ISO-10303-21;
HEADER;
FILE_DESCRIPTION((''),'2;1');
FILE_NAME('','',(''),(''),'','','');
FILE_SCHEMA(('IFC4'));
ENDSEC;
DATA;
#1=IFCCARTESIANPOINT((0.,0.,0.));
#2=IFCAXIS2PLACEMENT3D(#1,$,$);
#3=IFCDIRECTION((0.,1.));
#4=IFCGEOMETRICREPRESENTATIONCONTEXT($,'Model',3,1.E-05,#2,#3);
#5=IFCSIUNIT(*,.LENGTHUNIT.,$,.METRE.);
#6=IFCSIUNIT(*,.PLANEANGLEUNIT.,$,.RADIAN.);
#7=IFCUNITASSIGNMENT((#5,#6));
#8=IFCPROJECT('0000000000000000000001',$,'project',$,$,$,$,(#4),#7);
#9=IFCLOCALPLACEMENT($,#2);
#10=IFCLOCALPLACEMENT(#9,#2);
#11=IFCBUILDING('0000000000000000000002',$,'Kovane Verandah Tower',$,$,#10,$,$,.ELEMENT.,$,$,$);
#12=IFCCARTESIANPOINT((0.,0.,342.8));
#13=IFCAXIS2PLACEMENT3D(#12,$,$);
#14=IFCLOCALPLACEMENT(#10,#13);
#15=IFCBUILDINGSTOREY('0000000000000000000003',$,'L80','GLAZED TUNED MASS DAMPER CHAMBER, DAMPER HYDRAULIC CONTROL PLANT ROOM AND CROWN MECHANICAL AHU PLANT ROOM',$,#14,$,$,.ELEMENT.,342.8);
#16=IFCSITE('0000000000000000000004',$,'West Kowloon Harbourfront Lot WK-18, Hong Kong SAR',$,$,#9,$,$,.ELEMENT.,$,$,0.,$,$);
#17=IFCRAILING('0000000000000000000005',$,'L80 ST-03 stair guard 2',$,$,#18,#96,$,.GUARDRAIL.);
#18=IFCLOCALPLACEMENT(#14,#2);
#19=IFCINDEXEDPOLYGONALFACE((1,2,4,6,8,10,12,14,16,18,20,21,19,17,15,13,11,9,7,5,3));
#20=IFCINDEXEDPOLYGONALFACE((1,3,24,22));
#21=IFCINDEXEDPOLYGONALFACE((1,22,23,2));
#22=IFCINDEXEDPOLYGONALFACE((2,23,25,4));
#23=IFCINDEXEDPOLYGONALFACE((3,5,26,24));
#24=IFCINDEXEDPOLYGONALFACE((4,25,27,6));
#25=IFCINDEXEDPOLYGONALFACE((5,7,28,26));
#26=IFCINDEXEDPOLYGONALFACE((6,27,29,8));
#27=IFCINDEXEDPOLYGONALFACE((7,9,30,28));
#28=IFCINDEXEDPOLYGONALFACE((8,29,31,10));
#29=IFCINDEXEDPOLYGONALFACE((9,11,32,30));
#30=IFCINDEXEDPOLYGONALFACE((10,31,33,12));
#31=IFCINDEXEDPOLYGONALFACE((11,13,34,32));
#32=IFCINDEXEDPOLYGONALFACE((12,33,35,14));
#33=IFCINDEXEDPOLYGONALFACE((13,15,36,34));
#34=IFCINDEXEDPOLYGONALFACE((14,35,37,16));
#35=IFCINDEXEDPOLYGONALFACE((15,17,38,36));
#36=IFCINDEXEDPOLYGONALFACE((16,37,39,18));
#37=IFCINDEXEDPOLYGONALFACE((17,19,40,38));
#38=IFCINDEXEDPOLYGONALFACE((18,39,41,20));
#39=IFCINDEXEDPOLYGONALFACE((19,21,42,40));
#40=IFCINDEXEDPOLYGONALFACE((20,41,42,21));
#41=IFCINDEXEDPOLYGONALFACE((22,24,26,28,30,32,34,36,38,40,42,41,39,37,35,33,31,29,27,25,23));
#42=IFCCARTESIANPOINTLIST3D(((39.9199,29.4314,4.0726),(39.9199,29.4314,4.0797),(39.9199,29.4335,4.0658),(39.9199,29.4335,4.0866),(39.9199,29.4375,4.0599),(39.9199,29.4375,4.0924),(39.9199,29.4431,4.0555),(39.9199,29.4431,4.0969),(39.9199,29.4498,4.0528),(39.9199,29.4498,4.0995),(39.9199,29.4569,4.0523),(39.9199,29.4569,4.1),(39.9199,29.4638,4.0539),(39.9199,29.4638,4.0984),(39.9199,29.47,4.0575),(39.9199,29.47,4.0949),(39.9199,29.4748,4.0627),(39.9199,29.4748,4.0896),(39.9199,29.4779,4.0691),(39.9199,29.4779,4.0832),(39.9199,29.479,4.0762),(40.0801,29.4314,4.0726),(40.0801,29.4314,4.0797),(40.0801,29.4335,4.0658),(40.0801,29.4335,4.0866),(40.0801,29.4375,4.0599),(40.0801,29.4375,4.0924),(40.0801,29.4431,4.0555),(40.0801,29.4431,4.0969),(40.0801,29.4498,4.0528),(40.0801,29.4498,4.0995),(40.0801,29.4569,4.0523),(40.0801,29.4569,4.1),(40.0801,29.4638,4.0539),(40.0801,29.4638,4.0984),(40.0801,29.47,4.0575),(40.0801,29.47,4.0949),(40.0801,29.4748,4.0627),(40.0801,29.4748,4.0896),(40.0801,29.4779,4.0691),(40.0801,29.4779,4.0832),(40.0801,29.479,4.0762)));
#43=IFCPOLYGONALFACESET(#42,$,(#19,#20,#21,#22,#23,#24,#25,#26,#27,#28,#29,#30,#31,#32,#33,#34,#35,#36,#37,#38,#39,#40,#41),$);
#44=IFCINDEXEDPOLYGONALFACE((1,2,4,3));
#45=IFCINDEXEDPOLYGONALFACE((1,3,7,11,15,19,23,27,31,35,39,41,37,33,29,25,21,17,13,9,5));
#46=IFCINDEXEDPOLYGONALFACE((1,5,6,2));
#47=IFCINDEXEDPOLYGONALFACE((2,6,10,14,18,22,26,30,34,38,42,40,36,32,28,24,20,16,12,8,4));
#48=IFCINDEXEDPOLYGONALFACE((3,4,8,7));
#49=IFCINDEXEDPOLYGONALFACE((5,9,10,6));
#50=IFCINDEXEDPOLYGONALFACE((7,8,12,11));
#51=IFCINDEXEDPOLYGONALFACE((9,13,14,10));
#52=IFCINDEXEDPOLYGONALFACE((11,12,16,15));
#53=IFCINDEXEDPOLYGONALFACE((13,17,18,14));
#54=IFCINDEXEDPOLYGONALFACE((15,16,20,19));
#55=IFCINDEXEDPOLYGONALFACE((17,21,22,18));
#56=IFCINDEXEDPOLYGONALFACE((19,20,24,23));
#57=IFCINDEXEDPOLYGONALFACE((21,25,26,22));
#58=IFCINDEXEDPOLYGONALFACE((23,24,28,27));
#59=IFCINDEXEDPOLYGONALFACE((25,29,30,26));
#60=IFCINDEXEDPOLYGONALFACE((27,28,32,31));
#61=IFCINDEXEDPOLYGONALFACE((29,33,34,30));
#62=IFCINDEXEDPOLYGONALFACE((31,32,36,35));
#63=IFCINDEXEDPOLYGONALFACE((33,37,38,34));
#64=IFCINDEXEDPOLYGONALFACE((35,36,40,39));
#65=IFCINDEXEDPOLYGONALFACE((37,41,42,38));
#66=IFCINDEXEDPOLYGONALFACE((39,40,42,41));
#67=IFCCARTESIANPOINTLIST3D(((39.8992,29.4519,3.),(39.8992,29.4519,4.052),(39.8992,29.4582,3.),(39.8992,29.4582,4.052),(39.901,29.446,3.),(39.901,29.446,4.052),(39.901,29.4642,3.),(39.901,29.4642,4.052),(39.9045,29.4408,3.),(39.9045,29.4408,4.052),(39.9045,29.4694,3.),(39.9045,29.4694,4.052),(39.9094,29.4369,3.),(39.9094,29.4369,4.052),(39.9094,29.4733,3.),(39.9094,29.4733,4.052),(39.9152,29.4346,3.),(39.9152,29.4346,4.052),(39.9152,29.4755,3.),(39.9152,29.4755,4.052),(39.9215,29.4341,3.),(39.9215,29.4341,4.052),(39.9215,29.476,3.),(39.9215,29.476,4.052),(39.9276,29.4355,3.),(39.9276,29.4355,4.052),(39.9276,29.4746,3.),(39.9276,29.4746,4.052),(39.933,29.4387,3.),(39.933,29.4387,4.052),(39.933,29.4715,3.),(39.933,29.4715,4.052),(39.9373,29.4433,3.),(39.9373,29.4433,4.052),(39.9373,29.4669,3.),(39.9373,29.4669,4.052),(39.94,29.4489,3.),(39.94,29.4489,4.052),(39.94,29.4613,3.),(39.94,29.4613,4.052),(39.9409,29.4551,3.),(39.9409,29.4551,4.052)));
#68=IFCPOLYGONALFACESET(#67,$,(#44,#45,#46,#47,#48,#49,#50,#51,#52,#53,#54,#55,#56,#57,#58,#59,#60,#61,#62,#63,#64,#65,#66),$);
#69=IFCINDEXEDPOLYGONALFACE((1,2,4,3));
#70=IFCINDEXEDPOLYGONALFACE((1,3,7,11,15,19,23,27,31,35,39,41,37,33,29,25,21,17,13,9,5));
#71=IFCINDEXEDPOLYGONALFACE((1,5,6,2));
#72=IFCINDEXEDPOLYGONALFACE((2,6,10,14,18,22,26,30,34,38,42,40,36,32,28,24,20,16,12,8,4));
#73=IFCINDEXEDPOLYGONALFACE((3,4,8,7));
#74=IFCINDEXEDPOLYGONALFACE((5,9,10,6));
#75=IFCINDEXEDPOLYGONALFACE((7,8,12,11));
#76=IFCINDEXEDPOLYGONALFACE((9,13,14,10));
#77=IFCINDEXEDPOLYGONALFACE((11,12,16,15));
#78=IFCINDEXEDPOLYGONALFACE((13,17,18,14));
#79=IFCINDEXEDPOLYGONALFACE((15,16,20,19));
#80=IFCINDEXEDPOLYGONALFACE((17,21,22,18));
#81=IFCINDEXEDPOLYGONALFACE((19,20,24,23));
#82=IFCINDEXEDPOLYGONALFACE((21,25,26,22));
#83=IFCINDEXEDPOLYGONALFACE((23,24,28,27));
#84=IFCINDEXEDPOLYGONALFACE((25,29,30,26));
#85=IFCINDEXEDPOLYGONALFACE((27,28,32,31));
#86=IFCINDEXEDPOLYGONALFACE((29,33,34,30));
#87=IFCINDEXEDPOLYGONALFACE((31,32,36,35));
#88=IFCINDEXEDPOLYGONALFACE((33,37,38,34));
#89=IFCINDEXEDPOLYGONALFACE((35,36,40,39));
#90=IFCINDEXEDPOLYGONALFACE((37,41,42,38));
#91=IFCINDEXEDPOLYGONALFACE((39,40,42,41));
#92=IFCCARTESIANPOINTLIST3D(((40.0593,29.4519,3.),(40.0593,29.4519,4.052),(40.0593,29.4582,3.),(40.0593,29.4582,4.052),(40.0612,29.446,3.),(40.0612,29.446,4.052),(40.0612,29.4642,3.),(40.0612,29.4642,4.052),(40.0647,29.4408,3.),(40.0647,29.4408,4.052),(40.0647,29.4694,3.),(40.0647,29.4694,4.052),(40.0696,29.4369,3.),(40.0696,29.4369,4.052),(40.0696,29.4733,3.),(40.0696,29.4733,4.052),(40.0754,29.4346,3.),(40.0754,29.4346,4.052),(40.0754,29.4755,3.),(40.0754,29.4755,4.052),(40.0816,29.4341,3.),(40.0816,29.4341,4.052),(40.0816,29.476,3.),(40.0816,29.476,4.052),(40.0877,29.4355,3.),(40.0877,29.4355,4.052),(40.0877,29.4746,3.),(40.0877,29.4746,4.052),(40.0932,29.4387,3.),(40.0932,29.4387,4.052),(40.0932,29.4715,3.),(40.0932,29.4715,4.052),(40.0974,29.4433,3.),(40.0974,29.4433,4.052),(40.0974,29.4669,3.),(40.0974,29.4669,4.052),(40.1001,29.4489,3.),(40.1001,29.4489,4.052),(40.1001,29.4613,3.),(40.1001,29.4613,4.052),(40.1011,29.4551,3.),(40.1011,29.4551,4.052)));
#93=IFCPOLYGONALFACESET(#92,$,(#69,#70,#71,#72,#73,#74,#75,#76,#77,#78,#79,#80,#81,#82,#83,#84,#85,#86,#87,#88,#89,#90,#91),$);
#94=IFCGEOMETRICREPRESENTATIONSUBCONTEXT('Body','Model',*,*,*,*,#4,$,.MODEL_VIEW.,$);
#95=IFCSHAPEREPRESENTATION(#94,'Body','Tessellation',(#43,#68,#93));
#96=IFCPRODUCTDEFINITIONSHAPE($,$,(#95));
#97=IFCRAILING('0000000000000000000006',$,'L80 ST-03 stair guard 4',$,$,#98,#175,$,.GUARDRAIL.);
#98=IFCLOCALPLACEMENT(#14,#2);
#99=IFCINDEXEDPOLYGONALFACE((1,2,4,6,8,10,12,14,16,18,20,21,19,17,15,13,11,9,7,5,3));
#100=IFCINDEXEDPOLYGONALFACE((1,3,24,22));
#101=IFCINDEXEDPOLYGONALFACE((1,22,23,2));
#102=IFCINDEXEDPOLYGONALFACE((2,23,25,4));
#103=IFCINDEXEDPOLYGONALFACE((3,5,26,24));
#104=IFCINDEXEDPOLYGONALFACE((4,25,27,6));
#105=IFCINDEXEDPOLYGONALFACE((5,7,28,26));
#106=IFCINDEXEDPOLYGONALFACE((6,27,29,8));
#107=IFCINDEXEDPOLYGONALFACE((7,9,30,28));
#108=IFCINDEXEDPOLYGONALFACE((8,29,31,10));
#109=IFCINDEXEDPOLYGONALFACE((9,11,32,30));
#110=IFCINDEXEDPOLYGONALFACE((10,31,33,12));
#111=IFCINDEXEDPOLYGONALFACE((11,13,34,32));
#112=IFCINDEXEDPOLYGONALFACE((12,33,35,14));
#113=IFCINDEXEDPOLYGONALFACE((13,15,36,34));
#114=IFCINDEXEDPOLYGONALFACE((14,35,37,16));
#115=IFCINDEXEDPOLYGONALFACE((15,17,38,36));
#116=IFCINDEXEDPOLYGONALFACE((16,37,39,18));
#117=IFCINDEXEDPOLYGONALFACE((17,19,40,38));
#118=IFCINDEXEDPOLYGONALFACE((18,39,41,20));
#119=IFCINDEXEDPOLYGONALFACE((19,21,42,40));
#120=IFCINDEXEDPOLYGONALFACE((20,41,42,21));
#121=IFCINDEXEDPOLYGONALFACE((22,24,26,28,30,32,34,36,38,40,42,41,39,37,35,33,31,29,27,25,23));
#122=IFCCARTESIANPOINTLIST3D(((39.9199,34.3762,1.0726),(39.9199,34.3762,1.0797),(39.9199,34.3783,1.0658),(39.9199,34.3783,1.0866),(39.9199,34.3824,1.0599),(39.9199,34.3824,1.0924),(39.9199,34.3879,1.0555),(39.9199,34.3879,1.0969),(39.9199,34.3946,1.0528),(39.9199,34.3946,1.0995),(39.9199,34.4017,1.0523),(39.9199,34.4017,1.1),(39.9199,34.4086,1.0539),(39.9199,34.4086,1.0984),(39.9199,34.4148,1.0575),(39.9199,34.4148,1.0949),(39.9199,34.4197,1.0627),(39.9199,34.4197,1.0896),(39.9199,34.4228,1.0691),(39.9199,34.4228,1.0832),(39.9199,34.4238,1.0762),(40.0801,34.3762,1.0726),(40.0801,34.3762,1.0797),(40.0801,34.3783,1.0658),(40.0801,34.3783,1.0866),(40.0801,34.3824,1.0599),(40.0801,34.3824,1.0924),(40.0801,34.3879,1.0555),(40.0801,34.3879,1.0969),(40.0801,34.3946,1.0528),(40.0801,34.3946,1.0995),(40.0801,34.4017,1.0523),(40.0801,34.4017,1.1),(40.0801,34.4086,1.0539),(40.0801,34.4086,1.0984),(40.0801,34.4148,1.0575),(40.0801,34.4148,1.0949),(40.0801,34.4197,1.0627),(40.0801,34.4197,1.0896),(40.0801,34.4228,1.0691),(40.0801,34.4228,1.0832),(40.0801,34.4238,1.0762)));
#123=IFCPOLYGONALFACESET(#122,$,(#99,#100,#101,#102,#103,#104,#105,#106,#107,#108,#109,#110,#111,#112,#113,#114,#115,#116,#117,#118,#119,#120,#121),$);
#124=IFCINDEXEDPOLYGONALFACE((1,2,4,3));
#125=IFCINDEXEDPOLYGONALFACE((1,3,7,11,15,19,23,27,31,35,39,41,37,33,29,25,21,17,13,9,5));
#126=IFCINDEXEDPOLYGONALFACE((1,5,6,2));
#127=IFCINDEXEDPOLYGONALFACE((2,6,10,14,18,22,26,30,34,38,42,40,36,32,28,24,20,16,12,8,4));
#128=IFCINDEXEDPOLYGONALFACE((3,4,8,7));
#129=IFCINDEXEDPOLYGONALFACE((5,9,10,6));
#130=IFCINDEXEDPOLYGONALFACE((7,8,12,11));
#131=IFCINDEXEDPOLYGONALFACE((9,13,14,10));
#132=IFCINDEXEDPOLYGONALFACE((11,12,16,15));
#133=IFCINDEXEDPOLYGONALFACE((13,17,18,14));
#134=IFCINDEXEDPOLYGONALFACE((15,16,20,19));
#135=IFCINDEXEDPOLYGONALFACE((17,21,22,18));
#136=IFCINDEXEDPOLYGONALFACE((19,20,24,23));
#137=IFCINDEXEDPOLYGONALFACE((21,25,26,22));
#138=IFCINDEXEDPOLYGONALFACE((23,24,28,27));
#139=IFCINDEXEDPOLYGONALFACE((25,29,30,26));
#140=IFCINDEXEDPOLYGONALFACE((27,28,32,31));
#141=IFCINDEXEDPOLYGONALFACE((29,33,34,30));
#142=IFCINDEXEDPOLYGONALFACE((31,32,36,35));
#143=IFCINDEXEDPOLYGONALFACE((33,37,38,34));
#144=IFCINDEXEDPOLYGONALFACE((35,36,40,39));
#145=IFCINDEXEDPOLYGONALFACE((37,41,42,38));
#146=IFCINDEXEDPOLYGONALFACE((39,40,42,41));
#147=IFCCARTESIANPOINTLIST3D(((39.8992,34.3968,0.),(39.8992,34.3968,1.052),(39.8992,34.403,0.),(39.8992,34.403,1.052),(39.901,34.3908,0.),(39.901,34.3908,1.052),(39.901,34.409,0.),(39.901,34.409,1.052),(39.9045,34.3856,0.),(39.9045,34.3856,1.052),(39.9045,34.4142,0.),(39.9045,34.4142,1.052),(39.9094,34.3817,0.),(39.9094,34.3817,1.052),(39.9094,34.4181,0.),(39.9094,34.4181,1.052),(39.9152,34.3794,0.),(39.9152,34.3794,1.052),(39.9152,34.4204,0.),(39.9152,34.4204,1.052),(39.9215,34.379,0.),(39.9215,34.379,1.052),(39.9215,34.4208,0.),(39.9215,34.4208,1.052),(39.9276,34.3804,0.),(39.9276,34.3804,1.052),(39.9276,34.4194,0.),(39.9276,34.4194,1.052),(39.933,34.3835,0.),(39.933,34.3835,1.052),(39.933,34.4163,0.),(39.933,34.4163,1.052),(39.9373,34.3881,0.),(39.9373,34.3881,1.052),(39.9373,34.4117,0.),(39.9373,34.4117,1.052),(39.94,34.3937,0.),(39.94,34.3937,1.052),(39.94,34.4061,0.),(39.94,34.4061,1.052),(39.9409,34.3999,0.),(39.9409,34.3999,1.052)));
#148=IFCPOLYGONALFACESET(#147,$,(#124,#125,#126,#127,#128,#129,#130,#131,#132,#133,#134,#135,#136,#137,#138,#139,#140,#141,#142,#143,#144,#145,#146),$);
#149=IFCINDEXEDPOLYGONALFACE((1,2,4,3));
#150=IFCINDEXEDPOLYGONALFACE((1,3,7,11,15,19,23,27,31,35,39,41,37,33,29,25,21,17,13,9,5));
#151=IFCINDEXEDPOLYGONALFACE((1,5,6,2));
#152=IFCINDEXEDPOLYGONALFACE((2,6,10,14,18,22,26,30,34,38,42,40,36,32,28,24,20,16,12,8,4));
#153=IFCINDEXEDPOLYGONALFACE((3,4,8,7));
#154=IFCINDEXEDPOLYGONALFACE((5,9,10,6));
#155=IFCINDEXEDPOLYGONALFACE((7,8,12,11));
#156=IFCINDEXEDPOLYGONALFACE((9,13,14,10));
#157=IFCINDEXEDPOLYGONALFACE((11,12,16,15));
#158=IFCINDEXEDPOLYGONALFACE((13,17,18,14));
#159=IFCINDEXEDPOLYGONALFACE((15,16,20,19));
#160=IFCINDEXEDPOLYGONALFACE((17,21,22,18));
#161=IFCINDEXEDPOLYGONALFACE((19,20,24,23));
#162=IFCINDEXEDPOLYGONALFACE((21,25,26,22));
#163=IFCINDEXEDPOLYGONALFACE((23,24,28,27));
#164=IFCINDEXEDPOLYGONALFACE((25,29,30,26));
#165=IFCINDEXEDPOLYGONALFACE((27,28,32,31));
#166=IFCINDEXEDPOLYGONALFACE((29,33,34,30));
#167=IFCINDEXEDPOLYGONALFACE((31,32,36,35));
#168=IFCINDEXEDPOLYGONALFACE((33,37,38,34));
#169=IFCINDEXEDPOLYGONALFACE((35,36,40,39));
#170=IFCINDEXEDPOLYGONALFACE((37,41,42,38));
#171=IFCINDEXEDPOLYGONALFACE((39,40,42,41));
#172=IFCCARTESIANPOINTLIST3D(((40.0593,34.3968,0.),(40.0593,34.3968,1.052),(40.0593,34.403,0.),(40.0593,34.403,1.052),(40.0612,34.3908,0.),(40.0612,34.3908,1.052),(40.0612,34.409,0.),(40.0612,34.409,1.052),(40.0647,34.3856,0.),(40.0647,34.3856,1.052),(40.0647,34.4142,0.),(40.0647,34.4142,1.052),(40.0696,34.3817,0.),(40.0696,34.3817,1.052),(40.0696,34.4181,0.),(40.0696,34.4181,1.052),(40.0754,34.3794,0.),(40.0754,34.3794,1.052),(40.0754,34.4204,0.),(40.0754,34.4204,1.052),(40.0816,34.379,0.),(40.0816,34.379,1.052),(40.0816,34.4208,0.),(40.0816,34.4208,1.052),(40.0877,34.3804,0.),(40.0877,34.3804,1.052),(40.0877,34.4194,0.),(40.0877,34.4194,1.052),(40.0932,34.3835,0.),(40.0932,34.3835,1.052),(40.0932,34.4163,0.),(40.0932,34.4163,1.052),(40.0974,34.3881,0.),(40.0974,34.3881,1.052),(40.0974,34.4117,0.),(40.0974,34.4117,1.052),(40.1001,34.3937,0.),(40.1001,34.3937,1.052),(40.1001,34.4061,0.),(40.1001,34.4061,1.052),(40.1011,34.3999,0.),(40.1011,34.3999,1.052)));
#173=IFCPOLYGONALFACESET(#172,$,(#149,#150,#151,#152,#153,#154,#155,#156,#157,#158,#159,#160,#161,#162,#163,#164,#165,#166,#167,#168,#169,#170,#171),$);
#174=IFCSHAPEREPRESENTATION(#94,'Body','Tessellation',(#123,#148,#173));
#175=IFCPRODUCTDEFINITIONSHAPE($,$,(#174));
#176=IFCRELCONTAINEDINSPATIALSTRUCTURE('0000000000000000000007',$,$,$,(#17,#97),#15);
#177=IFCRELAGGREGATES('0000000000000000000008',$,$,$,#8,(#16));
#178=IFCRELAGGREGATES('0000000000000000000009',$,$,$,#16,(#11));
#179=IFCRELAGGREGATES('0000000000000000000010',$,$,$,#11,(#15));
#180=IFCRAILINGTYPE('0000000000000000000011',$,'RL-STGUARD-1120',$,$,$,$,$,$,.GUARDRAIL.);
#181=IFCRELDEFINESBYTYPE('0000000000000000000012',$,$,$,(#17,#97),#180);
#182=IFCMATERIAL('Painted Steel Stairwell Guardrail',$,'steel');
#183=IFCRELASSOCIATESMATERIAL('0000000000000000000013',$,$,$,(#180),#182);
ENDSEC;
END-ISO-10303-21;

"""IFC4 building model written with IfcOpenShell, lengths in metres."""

from ifc_helpers import new_model, si_unit, direction, frame, origin, origin_2d, place, context, subcontext, project, spatial, circle, extrude, material, type_object, element, save


model = new_model("IFC4")

# Units and contexts
model_context = context("Model", 3, precision=1e-05, world=origin(), true_north=direction((0.0, 1.0)))
body_context = subcontext(model_context, "Body", "Model", "MODEL_VIEW")
ifc_project = project(units=[si_unit("LENGTHUNIT", "METRE"), si_unit("PLANEANGLEUNIT", "RADIAN")], contexts=[model_context])

# Site, building, storey
site_placement = place(None, origin())
site = spatial("IfcSite", under=ifc_project, at=site_placement, Name="West Kowloon Harbourfront Lot WK-18, Hong Kong SAR", CompositionType="ELEMENT", RefElevation=0.0)
building_placement = place(site_placement, origin())
building = spatial("IfcBuilding", under=site, at=building_placement, Name="Kovane Verandah Tower", CompositionType="ELEMENT")
storey_placement = place(building_placement, frame((0.0, 0.0, 342.8)))
storey = spatial("IfcBuildingStorey", under=building, at=storey_placement, Name="L80", Description="GLAZED TUNED MASS DAMPER CHAMBER, DAMPER HYDRAULIC CONTROL PLANT ROOM AND CROWN MECHANICAL AHU PLANT ROOM", CompositionType="ELEMENT", Elevation=342.8)

# Railings
ifc_material_1 = material(Name="Painted Steel Stairwell Guardrail", Category="steel")
railing_type_1 = type_object("IfcRailingType", Name="RL-STGUARD-1120", PredefinedType="GUARDRAIL", material=ifc_material_1)
for number, where, name in (
    (1, (39.9199, 29.4551, 3.0), "L80 ST-03 stair guard 2"),
    (2, (39.9199, 34.3999, 0.0), "L80 ST-03 stair guard 4"),
):
    element("IfcRailing", number, at=place(storey_placement, frame(where)), inside=storey, type_object=railing_type_1, Name=name, PredefinedType="GUARDRAIL", context=body_context, shape_type="SweptSolid", body=[
        extrude(circle(Radius=0.0239, at=origin_2d()), frame((0.0, 0.0, 1.0762), z_axis=(1.0, 0.0, 0.0), x_axis=(0.0, 1.0, 0.0)), (0.0, 0.0, 1.0), 0.1602),
        extrude(circle(Radius=0.021, at=origin_2d()), origin(), (0.0, 0.0, 1.0), 1.052),
        extrude(circle(Radius=0.021, at=origin_2d()), frame((0.1602, 0.0, 0.0)), (0.0, 0.0, 1.0), 1.052),
    ])

save(model, "model.ifc")
